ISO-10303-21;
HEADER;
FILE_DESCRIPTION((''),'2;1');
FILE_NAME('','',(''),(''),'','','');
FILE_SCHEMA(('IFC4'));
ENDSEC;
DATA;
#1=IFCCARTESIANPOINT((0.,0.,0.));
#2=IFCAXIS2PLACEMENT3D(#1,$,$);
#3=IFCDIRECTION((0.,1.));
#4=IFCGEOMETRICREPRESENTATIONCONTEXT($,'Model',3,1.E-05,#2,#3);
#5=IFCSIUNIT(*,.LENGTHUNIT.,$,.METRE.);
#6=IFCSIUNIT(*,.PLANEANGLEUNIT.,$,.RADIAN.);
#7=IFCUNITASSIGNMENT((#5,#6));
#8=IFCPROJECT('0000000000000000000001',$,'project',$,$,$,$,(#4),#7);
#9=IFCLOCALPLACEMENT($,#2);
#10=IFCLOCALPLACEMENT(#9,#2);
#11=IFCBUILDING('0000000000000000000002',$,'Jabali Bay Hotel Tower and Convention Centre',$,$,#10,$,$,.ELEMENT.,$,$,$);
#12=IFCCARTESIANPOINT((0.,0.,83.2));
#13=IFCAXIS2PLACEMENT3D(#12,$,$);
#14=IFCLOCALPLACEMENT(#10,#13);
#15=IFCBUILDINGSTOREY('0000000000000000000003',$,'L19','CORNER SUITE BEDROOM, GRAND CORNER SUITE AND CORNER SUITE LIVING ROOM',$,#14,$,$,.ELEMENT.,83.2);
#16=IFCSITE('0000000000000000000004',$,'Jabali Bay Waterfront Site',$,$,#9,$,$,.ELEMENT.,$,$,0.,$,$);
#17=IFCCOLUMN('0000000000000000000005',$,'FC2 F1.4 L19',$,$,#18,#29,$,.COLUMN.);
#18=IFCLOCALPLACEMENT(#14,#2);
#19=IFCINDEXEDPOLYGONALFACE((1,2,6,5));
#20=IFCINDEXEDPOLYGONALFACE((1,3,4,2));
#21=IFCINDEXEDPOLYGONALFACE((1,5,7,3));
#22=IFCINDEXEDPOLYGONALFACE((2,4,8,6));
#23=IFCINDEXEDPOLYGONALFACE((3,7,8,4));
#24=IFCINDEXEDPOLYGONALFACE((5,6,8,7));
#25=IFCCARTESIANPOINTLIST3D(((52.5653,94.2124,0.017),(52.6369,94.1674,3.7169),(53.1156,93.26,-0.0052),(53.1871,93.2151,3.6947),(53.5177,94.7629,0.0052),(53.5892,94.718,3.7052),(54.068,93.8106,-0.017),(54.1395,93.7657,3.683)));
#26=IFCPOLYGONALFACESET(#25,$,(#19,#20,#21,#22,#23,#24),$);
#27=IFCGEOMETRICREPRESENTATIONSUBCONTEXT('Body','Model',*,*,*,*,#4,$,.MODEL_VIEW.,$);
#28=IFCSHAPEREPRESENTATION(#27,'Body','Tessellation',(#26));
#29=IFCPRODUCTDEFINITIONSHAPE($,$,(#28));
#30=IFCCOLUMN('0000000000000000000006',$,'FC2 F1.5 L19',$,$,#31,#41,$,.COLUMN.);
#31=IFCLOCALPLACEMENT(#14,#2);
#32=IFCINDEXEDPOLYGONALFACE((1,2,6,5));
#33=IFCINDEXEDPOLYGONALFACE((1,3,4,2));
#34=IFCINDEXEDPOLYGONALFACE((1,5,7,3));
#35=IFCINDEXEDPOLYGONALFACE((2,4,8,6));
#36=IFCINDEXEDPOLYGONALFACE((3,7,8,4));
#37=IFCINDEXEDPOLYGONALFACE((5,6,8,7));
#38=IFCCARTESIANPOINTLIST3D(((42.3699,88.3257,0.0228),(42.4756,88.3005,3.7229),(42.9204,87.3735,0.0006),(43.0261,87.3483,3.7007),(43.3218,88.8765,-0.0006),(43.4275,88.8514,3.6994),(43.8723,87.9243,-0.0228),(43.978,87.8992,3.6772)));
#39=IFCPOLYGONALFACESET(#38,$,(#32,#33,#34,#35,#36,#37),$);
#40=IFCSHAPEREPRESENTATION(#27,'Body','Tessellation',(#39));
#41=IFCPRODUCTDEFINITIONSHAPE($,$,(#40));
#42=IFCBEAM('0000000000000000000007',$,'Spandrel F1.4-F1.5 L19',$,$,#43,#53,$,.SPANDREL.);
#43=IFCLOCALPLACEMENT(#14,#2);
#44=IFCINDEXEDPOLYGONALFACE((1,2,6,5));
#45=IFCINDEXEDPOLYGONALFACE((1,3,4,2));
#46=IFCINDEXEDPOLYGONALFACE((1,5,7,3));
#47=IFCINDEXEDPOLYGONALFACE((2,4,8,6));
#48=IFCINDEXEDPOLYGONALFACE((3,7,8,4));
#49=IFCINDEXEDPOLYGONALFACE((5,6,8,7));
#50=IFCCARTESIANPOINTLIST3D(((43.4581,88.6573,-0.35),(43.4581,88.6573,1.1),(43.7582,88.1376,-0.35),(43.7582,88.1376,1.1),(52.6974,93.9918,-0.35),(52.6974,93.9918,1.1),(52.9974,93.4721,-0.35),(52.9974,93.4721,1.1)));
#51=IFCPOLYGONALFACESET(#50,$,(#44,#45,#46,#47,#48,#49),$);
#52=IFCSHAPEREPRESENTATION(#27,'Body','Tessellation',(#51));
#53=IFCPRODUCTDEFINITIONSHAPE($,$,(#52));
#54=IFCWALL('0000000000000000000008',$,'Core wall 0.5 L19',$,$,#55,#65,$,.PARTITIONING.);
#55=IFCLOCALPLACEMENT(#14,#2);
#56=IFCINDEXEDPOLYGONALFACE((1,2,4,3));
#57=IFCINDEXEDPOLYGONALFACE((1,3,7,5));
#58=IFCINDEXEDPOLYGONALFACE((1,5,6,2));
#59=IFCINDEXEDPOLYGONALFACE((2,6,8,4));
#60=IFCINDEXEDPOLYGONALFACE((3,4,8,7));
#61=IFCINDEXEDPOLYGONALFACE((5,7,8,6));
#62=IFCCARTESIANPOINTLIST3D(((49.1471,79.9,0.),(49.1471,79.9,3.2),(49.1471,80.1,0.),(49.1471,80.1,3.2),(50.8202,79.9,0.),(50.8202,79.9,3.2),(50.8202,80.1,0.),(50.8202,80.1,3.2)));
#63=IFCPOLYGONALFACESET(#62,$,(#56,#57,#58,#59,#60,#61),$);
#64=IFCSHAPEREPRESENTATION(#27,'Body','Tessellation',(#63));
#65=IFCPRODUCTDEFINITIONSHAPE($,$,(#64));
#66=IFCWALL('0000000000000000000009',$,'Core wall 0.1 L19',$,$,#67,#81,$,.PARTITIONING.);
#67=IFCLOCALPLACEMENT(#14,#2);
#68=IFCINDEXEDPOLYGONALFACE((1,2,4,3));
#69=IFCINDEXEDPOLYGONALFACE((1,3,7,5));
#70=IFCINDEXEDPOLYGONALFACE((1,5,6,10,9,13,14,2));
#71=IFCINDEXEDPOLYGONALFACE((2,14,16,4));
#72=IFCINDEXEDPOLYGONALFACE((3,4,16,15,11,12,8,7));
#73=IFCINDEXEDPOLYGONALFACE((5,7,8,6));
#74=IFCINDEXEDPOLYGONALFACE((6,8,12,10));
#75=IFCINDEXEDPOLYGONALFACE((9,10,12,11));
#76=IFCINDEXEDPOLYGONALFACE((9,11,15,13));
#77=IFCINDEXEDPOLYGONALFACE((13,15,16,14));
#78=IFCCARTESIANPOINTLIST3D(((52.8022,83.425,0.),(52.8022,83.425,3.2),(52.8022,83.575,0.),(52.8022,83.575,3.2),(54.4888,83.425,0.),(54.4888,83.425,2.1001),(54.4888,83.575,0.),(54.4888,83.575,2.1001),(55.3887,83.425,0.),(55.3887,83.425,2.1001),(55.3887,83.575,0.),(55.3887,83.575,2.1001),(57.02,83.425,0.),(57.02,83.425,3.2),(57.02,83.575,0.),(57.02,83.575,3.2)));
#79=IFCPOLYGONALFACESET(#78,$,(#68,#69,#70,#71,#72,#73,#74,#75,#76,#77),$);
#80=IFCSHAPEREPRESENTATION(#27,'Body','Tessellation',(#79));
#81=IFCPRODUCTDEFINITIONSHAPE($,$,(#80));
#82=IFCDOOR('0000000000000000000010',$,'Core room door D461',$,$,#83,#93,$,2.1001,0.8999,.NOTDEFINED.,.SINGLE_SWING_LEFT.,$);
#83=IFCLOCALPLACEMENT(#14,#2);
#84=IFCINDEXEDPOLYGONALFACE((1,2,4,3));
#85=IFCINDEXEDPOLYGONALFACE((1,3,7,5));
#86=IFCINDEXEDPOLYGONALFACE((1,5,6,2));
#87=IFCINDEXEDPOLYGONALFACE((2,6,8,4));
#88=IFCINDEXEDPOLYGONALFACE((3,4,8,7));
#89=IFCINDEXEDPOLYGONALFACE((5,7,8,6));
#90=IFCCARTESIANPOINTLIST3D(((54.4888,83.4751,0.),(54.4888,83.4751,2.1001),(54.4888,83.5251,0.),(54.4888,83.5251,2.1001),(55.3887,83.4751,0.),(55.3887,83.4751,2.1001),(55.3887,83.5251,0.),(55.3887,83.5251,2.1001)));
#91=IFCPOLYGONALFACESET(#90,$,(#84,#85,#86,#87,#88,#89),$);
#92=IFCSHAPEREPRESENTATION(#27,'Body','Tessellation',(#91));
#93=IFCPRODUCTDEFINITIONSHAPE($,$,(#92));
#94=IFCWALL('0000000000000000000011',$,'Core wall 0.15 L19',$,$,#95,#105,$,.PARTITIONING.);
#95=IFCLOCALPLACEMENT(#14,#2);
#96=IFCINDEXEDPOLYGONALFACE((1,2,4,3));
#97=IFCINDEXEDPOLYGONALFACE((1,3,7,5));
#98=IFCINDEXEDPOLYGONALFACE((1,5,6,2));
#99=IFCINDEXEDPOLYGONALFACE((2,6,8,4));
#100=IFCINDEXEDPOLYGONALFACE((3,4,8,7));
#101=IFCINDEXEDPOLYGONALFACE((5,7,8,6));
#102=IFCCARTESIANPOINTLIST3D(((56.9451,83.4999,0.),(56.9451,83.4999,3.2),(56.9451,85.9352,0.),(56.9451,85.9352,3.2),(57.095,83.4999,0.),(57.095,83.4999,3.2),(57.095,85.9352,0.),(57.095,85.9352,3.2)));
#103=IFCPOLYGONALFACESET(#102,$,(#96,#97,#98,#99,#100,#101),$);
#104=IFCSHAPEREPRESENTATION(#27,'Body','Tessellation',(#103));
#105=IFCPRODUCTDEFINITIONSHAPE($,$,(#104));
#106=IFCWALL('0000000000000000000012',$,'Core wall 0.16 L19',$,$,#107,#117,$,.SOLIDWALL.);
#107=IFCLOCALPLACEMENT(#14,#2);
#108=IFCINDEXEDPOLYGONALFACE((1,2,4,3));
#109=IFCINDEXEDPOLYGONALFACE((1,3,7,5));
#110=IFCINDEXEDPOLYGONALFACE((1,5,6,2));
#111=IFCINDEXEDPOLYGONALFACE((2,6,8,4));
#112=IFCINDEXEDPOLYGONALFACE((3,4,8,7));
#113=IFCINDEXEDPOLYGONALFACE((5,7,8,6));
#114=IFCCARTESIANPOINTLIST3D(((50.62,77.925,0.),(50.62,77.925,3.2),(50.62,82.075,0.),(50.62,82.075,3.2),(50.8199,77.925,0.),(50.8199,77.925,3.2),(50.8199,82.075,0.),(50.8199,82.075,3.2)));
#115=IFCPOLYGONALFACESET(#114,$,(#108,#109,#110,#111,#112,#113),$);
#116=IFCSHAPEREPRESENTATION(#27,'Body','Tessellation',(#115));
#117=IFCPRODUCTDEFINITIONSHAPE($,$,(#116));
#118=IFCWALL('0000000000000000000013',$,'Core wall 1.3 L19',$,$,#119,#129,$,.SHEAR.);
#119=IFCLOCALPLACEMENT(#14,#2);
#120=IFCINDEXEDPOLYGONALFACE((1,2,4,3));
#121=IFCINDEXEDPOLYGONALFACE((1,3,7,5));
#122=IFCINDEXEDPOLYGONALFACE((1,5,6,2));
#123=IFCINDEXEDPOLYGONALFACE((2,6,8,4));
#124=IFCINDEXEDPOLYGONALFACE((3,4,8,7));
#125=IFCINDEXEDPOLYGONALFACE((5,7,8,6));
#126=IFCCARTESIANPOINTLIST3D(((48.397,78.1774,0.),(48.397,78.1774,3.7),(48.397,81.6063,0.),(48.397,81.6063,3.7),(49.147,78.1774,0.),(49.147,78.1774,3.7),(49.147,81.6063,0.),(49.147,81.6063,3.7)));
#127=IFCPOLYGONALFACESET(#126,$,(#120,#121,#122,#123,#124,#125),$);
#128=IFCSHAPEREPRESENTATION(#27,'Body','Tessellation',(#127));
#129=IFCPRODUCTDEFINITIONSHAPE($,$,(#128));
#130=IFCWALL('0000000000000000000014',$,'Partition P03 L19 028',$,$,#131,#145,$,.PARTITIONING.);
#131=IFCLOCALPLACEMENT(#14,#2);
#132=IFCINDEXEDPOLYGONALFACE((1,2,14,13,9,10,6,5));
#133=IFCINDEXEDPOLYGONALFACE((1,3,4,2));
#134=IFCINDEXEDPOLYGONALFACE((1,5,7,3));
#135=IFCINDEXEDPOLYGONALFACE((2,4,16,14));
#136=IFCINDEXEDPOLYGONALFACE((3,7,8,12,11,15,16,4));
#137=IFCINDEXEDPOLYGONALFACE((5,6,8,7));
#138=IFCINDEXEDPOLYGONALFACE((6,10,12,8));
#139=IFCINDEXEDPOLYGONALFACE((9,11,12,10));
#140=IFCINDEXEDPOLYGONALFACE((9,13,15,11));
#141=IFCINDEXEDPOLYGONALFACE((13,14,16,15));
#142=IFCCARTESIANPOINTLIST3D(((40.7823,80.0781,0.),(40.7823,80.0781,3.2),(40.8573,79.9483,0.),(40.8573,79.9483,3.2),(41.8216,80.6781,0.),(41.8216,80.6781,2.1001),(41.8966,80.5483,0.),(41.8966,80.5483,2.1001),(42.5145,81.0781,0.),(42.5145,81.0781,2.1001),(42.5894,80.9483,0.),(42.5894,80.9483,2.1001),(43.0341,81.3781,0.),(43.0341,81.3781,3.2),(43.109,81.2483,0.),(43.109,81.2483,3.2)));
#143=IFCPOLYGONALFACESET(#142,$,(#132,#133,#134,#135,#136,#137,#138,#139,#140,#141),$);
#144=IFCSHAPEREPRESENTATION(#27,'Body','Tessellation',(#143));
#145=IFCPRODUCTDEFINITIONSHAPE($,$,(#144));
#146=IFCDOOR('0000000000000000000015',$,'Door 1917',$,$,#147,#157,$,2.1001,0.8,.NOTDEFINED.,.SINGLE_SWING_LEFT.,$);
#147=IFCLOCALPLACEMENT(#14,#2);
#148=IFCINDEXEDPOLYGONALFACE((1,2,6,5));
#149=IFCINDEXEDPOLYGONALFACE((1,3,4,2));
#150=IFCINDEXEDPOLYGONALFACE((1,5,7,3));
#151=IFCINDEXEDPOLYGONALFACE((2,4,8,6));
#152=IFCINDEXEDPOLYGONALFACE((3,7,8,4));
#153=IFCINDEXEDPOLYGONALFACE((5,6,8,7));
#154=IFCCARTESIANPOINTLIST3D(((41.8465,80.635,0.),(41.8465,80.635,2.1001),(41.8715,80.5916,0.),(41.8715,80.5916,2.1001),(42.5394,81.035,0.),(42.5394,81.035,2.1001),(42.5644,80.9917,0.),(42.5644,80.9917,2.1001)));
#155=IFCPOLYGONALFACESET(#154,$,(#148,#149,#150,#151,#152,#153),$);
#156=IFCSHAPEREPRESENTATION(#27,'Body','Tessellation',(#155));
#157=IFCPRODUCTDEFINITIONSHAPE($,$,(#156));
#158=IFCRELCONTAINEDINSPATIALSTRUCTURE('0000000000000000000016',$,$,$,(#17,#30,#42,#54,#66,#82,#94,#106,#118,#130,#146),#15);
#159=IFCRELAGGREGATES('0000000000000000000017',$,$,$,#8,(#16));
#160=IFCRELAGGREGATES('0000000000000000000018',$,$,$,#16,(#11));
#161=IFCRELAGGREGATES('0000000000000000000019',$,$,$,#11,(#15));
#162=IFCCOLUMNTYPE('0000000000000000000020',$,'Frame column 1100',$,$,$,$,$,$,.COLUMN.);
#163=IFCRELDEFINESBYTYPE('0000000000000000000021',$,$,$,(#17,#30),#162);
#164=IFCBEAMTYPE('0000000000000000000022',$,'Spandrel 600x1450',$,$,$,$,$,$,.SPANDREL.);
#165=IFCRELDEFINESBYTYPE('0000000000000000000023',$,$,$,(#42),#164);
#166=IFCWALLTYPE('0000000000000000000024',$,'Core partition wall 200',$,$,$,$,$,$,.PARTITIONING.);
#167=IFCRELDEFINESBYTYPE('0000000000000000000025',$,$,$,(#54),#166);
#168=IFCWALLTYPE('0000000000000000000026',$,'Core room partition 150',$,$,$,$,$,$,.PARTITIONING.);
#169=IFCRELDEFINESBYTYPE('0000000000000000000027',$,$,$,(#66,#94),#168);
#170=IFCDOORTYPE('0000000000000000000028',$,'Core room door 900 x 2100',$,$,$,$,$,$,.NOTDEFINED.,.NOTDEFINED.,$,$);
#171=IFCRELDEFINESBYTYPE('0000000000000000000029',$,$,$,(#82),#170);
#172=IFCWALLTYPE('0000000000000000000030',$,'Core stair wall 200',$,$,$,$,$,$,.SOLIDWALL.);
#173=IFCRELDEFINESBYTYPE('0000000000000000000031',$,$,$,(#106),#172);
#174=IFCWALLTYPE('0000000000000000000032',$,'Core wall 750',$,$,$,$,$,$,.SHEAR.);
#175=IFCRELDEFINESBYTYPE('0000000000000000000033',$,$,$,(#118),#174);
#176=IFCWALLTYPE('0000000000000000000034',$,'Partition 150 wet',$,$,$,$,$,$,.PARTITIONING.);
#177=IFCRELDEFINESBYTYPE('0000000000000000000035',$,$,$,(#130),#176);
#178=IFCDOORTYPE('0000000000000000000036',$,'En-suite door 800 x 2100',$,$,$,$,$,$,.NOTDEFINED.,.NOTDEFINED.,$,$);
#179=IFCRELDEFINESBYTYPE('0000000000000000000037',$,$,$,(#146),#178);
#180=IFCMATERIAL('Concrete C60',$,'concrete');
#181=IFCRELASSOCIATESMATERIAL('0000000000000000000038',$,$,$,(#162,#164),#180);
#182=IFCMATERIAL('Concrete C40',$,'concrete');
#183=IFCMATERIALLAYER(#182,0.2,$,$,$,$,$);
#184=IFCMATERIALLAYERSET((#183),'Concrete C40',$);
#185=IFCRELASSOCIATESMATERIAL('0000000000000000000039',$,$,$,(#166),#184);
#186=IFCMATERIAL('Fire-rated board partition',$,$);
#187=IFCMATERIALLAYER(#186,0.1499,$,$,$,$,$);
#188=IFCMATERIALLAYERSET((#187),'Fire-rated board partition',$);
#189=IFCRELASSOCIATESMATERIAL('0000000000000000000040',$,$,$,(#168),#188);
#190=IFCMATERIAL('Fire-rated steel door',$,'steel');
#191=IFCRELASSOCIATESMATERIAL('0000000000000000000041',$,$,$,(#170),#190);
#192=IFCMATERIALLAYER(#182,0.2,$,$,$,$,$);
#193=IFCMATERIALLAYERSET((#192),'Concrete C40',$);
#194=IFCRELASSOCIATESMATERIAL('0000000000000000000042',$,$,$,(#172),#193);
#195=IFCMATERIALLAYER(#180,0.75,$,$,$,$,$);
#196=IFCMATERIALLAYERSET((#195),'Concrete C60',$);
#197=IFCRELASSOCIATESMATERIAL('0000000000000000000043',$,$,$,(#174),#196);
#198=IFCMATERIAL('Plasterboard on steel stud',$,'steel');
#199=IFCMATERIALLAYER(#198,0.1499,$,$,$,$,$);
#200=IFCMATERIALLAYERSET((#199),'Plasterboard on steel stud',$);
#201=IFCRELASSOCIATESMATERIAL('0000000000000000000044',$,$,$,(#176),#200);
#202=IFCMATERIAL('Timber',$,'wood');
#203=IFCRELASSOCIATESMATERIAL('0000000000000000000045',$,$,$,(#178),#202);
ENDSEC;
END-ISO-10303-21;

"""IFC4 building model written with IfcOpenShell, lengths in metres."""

from ifc_helpers import new_model, si_unit, direction, frame, frame_2d, origin, origin_2d, place, context, subcontext, project, spatial, rectangle, extrude, material, layer, layer_set, material_profile, profile_set, type_object, element, fill, save


model = new_model("IFC4")

# Units and contexts
model_context = context("Model", 3, precision=1e-05, world=origin(), true_north=direction((0.0, 1.0)))
body_context = subcontext(model_context, "Body", "Model", "MODEL_VIEW")
ifc_project = project(units=[si_unit("LENGTHUNIT", "METRE"), si_unit("PLANEANGLEUNIT", "RADIAN")], contexts=[model_context])

# Site, building, storey
site_placement = place(None, origin())
site = spatial("IfcSite", under=ifc_project, at=site_placement, Name="Jabali Bay Waterfront Site", CompositionType="ELEMENT", RefElevation=0.0)
building_placement = place(site_placement, origin())
building = spatial("IfcBuilding", under=site, at=building_placement, Name="Jabali Bay Hotel Tower and Convention Centre", CompositionType="ELEMENT")
storey_placement = place(building_placement, frame((0.0, 0.0, 83.2)))
storey = spatial("IfcBuildingStorey", under=building, at=storey_placement, Name="L19", Description="CORNER SUITE BEDROOM, GRAND CORNER SUITE AND CORNER SUITE LIVING ROOM", CompositionType="ELEMENT", Elevation=83.2)

# Columns
ifc_material_1 = material(Name="Concrete C60", Category="concrete")
ifc_material_profile_1 = material_profile(ifc_material_1, rectangle(XDim=1.1001, YDim=1.1001, at=origin_2d()), Name="Frame column 1100")
ifc_profile_set_1 = profile_set([ifc_material_profile_1], Name="Concrete C60")
column_type = type_object("IfcColumnType", Name="Frame column 1100", PredefinedType="COLUMN", material=ifc_profile_set_1)
column_1_placement = place(storey_placement, frame((53.3167, 94.0115, 0.0), z_axis=(0.019329, -0.012138, 0.99974), x_axis=(-0.5002, 0.865675, 0.020181)))
element("IfcColumn", 1, at=column_1_placement, inside=storey, type_object=column_type, Name="FC2 F1.4 L19", PredefinedType="COLUMN", context=body_context, shape_type="SweptSolid", body=[
    extrude(rectangle(XDim=1.1001, YDim=1.1001, at=origin_2d()), origin(), (0.0, 0.0, 1.0), 3.7009),
])
column_2_placement = place(storey_placement, frame((43.1211, 88.125, 0.0), z_axis=(0.028559, -0.006794, 0.999569), x_axis=(-0.500406, 0.865556, 0.02018)))
element("IfcColumn", 2, at=column_2_placement, inside=storey, type_object=column_type, Name="FC2 F1.5 L19", PredefinedType="COLUMN", context=body_context, shape_type="SweptSolid", body=[
    extrude(rectangle(XDim=1.1001, YDim=1.1001, at=origin_2d()), origin(), (0.0, 0.0, 1.0), 3.7017),
])

# Beam
ifc_material_profile_2 = material_profile(ifc_material_1, rectangle(XDim=0.6001, YDim=1.45, at=origin_2d()), Name="Spandrel 600x1450")
ifc_profile_set_2 = profile_set([ifc_material_profile_2], Name="Concrete C60")
beam_type = type_object("IfcBeamType", Name="Spandrel 600x1450", PredefinedType="SPANDREL", material=ifc_profile_set_2)
beam_placement = place(storey_placement, frame((52.8474, 93.7319, 0.375), z_axis=(-0.866018, -0.500013, 0.0), x_axis=(0.500013, -0.866018, 0.0)))
element("IfcBeam", 3, at=beam_placement, inside=storey, type_object=beam_type, Name="Spandrel F1.4-F1.5 L19", PredefinedType="SPANDREL", context=body_context, shape_type="SweptSolid", body=[
    extrude(rectangle(XDim=0.6001, YDim=1.45, at=origin_2d()), origin(), (0.0, 0.0, 1.0), 10.6687),
])

# Wall
ifc_material_2 = material(Name="Concrete C40", Category="concrete")
ifc_layer_1 = layer(ifc_material_2, 0.2)
ifc_layer_set_1 = layer_set([ifc_layer_1], Name="Concrete C40")
wall_type_1 = type_object("IfcWallType", Name="Core partition wall 200", PredefinedType="PARTITIONING", material=ifc_layer_set_1)
wall_1_placement = place(storey_placement, frame((50.8201, 80.0, 0.0), z_axis=(0.0, 0.0, 1.0), x_axis=(-1.0, 0.0, 0.0)))
element("IfcWall", 4, at=wall_1_placement, inside=storey, type_object=wall_type_1, Name="Core wall 0.5 L19", PredefinedType="PARTITIONING", context=body_context, shape_type="SweptSolid", body=[
    extrude(rectangle(XDim=1.6731, YDim=0.2, at=frame_2d((0.8364, 0.0))), origin(), (0.0, 0.0, 1.0), 3.2),
])

# Wall, opening, door
ifc_material_3 = material(Name="Fire-rated board partition")
ifc_layer_2 = layer(ifc_material_3, 0.1499)
ifc_layer_set_2 = layer_set([ifc_layer_2], Name="Fire-rated board partition")
wall_type_2 = type_object("IfcWallType", Name="Core room partition 150", PredefinedType="PARTITIONING", material=ifc_layer_set_2)
wall_2_placement = place(storey_placement, frame((57.02, 83.5, 0.0), z_axis=(0.0, 0.0, 1.0), x_axis=(-1.0, 0.0, 0.0)))
wall_2 = element("IfcWall", 5, at=wall_2_placement, inside=storey, type_object=wall_type_2, Name="Core wall 0.1 L19", PredefinedType="PARTITIONING", context=body_context, shape_type="SweptSolid", body=[
    extrude(rectangle(XDim=4.2178, YDim=0.1499, at=frame_2d((2.1089, 0.0))), origin(), (0.0, 0.0, 1.0), 3.2),
])
opening_1_placement = place(wall_2_placement, frame((1.6313, 0.0, 0.0)))
opening_1 = element("IfcOpeningElement", 6, at=opening_1_placement, cuts=wall_2, PredefinedType="OPENING", context=body_context, shape_type="SweptSolid", body=[
    extrude(rectangle(XDim=0.8999, YDim=2.1001, at=frame_2d((0.45, 1.05))), frame((0.0, 0.0854, 0.0), z_axis=(0.0, -1.0, 0.0), x_axis=(1.0, 0.0, 0.0)), (0.0, 0.0, 1.0), 0.1709),
])
ifc_material_4 = material(Name="Fire-rated steel door", Category="steel")
door_type_1 = type_object("IfcDoorType", Name="Core room door 900 x 2100", OperationType="NOTDEFINED", PredefinedType="NOTDEFINED", material=ifc_material_4)
door_1_placement = place(opening_1_placement, origin())
door_1 = element("IfcDoor", 7, at=door_1_placement, inside=storey, type_object=door_type_1, Name="Core room door D461", OperationType="SINGLE_SWING_LEFT", OverallHeight=2.1001, OverallWidth=0.8999, PredefinedType="NOTDEFINED", context=body_context, shape_type="SweptSolid", body=[
    extrude(rectangle(XDim=0.8999, YDim=2.1001, at=frame_2d((0.45, 1.05))), frame((0.0, 0.0249, 0.0), z_axis=(0.0, -1.0, 0.0), x_axis=(1.0, 0.0, 0.0)), (0.0, 0.0, 1.0), 0.05),
])
fill(opening_1, door_1)

# Walls
wall_3_placement = place(storey_placement, frame((57.02, 85.9353, 0.0), z_axis=(0.0, 0.0, 1.0), x_axis=(0.0, -1.0, 0.0)))
element("IfcWall", 8, at=wall_3_placement, inside=storey, type_object=wall_type_2, Name="Core wall 0.15 L19", PredefinedType="PARTITIONING", context=body_context, shape_type="SweptSolid", body=[
    extrude(rectangle(XDim=2.4353, YDim=0.1499, at=frame_2d((1.2178, 0.0))), origin(), (0.0, 0.0, 1.0), 3.2),
])
ifc_layer_3 = layer(ifc_material_2, 0.2)
ifc_layer_set_3 = layer_set([ifc_layer_3], Name="Concrete C40")
wall_type_3 = type_object("IfcWallType", Name="Core stair wall 200", PredefinedType="SOLIDWALL", material=ifc_layer_set_3)
wall_4_placement = place(storey_placement, frame((50.72, 82.075, 0.0), z_axis=(0.0, 0.0, 1.0), x_axis=(0.0, -1.0, 0.0)))
element("IfcWall", 9, at=wall_4_placement, inside=storey, type_object=wall_type_3, Name="Core wall 0.16 L19", PredefinedType="SOLIDWALL", context=body_context, shape_type="SweptSolid", body=[
    extrude(rectangle(XDim=4.1499, YDim=0.2, at=frame_2d((2.075, 0.0))), origin(), (0.0, 0.0, 1.0), 3.2),
])
ifc_layer_4 = layer(ifc_material_1, 0.75)
ifc_layer_set_4 = layer_set([ifc_layer_4], Name="Concrete C60")
wall_type_4 = type_object("IfcWallType", Name="Core wall 750", PredefinedType="SHEAR", material=ifc_layer_set_4)
wall_5_placement = place(storey_placement, frame((48.772, 81.6062, 0.0), z_axis=(0.0, 0.0, 1.0), x_axis=(0.0, -1.0, 0.0)))
element("IfcWall", 10, at=wall_5_placement, inside=storey, type_object=wall_type_4, Name="Core wall 1.3 L19", PredefinedType="SHEAR", context=body_context, shape_type="SweptSolid", body=[
    extrude(rectangle(XDim=3.429, YDim=0.75, at=frame_2d((1.7144, 0.0))), origin(), (0.0, 0.0, 1.0), 3.7),
])

# Wall, opening, door
ifc_material_5 = material(Name="Plasterboard on steel stud", Category="steel")
ifc_layer_5 = layer(ifc_material_5, 0.1499)
ifc_layer_set_5 = layer_set([ifc_layer_5], Name="Plasterboard on steel stud")
wall_type_5 = type_object("IfcWallType", Name="Partition 150 wet", PredefinedType="PARTITIONING", material=ifc_layer_set_5)
wall_6_placement = place(storey_placement, frame((43.0715, 81.3132, 0.0), z_axis=(0.0, 0.0, 1.0), x_axis=(-0.866021, -0.500007, 0.0)))
wall_6 = element("IfcWall", 11, at=wall_6_placement, inside=storey, type_object=wall_type_5, Name="Partition P03 L19 028", PredefinedType="PARTITIONING", context=body_context, shape_type="SweptSolid", body=[
    extrude(rectangle(XDim=2.6001, YDim=0.1499, at=frame_2d((1.3, 0.0))), origin(), (0.0, 0.0, 1.0), 3.2),
])
opening_2_placement = place(wall_6_placement, frame((0.6001, 0.0, 0.0)))
opening_2 = element("IfcOpeningElement", 12, at=opening_2_placement, cuts=wall_6, PredefinedType="OPENING", context=body_context, shape_type="SweptSolid", body=[
    extrude(rectangle(XDim=0.8, YDim=2.1001, at=frame_2d((0.3999, 1.05))), frame((0.0, 0.0854, 0.0), z_axis=(0.0, -1.0, 0.0), x_axis=(1.0, 0.0, 0.0)), (0.0, 0.0, 1.0), 0.1709),
])
ifc_material_6 = material(Name="Timber", Category="wood")
door_type_2 = type_object("IfcDoorType", Name="En-suite door 800 x 2100", OperationType="NOTDEFINED", PredefinedType="NOTDEFINED", material=ifc_material_6)
door_2_placement = place(opening_2_placement, origin())
door_2 = element("IfcDoor", 13, at=door_2_placement, inside=storey, type_object=door_type_2, Name="Door 1917", OperationType="SINGLE_SWING_LEFT", OverallHeight=2.1001, OverallWidth=0.8, PredefinedType="NOTDEFINED", context=body_context, shape_type="SweptSolid", body=[
    extrude(rectangle(XDim=0.8, YDim=2.1001, at=frame_2d((0.3999, 1.05))), frame((0.0, 0.0249, 0.0), z_axis=(0.0, -1.0, 0.0), x_axis=(1.0, 0.0, 0.0)), (0.0, 0.0, 1.0), 0.05),
])
fill(opening_2, door_2)

save(model, "model.ifc")
